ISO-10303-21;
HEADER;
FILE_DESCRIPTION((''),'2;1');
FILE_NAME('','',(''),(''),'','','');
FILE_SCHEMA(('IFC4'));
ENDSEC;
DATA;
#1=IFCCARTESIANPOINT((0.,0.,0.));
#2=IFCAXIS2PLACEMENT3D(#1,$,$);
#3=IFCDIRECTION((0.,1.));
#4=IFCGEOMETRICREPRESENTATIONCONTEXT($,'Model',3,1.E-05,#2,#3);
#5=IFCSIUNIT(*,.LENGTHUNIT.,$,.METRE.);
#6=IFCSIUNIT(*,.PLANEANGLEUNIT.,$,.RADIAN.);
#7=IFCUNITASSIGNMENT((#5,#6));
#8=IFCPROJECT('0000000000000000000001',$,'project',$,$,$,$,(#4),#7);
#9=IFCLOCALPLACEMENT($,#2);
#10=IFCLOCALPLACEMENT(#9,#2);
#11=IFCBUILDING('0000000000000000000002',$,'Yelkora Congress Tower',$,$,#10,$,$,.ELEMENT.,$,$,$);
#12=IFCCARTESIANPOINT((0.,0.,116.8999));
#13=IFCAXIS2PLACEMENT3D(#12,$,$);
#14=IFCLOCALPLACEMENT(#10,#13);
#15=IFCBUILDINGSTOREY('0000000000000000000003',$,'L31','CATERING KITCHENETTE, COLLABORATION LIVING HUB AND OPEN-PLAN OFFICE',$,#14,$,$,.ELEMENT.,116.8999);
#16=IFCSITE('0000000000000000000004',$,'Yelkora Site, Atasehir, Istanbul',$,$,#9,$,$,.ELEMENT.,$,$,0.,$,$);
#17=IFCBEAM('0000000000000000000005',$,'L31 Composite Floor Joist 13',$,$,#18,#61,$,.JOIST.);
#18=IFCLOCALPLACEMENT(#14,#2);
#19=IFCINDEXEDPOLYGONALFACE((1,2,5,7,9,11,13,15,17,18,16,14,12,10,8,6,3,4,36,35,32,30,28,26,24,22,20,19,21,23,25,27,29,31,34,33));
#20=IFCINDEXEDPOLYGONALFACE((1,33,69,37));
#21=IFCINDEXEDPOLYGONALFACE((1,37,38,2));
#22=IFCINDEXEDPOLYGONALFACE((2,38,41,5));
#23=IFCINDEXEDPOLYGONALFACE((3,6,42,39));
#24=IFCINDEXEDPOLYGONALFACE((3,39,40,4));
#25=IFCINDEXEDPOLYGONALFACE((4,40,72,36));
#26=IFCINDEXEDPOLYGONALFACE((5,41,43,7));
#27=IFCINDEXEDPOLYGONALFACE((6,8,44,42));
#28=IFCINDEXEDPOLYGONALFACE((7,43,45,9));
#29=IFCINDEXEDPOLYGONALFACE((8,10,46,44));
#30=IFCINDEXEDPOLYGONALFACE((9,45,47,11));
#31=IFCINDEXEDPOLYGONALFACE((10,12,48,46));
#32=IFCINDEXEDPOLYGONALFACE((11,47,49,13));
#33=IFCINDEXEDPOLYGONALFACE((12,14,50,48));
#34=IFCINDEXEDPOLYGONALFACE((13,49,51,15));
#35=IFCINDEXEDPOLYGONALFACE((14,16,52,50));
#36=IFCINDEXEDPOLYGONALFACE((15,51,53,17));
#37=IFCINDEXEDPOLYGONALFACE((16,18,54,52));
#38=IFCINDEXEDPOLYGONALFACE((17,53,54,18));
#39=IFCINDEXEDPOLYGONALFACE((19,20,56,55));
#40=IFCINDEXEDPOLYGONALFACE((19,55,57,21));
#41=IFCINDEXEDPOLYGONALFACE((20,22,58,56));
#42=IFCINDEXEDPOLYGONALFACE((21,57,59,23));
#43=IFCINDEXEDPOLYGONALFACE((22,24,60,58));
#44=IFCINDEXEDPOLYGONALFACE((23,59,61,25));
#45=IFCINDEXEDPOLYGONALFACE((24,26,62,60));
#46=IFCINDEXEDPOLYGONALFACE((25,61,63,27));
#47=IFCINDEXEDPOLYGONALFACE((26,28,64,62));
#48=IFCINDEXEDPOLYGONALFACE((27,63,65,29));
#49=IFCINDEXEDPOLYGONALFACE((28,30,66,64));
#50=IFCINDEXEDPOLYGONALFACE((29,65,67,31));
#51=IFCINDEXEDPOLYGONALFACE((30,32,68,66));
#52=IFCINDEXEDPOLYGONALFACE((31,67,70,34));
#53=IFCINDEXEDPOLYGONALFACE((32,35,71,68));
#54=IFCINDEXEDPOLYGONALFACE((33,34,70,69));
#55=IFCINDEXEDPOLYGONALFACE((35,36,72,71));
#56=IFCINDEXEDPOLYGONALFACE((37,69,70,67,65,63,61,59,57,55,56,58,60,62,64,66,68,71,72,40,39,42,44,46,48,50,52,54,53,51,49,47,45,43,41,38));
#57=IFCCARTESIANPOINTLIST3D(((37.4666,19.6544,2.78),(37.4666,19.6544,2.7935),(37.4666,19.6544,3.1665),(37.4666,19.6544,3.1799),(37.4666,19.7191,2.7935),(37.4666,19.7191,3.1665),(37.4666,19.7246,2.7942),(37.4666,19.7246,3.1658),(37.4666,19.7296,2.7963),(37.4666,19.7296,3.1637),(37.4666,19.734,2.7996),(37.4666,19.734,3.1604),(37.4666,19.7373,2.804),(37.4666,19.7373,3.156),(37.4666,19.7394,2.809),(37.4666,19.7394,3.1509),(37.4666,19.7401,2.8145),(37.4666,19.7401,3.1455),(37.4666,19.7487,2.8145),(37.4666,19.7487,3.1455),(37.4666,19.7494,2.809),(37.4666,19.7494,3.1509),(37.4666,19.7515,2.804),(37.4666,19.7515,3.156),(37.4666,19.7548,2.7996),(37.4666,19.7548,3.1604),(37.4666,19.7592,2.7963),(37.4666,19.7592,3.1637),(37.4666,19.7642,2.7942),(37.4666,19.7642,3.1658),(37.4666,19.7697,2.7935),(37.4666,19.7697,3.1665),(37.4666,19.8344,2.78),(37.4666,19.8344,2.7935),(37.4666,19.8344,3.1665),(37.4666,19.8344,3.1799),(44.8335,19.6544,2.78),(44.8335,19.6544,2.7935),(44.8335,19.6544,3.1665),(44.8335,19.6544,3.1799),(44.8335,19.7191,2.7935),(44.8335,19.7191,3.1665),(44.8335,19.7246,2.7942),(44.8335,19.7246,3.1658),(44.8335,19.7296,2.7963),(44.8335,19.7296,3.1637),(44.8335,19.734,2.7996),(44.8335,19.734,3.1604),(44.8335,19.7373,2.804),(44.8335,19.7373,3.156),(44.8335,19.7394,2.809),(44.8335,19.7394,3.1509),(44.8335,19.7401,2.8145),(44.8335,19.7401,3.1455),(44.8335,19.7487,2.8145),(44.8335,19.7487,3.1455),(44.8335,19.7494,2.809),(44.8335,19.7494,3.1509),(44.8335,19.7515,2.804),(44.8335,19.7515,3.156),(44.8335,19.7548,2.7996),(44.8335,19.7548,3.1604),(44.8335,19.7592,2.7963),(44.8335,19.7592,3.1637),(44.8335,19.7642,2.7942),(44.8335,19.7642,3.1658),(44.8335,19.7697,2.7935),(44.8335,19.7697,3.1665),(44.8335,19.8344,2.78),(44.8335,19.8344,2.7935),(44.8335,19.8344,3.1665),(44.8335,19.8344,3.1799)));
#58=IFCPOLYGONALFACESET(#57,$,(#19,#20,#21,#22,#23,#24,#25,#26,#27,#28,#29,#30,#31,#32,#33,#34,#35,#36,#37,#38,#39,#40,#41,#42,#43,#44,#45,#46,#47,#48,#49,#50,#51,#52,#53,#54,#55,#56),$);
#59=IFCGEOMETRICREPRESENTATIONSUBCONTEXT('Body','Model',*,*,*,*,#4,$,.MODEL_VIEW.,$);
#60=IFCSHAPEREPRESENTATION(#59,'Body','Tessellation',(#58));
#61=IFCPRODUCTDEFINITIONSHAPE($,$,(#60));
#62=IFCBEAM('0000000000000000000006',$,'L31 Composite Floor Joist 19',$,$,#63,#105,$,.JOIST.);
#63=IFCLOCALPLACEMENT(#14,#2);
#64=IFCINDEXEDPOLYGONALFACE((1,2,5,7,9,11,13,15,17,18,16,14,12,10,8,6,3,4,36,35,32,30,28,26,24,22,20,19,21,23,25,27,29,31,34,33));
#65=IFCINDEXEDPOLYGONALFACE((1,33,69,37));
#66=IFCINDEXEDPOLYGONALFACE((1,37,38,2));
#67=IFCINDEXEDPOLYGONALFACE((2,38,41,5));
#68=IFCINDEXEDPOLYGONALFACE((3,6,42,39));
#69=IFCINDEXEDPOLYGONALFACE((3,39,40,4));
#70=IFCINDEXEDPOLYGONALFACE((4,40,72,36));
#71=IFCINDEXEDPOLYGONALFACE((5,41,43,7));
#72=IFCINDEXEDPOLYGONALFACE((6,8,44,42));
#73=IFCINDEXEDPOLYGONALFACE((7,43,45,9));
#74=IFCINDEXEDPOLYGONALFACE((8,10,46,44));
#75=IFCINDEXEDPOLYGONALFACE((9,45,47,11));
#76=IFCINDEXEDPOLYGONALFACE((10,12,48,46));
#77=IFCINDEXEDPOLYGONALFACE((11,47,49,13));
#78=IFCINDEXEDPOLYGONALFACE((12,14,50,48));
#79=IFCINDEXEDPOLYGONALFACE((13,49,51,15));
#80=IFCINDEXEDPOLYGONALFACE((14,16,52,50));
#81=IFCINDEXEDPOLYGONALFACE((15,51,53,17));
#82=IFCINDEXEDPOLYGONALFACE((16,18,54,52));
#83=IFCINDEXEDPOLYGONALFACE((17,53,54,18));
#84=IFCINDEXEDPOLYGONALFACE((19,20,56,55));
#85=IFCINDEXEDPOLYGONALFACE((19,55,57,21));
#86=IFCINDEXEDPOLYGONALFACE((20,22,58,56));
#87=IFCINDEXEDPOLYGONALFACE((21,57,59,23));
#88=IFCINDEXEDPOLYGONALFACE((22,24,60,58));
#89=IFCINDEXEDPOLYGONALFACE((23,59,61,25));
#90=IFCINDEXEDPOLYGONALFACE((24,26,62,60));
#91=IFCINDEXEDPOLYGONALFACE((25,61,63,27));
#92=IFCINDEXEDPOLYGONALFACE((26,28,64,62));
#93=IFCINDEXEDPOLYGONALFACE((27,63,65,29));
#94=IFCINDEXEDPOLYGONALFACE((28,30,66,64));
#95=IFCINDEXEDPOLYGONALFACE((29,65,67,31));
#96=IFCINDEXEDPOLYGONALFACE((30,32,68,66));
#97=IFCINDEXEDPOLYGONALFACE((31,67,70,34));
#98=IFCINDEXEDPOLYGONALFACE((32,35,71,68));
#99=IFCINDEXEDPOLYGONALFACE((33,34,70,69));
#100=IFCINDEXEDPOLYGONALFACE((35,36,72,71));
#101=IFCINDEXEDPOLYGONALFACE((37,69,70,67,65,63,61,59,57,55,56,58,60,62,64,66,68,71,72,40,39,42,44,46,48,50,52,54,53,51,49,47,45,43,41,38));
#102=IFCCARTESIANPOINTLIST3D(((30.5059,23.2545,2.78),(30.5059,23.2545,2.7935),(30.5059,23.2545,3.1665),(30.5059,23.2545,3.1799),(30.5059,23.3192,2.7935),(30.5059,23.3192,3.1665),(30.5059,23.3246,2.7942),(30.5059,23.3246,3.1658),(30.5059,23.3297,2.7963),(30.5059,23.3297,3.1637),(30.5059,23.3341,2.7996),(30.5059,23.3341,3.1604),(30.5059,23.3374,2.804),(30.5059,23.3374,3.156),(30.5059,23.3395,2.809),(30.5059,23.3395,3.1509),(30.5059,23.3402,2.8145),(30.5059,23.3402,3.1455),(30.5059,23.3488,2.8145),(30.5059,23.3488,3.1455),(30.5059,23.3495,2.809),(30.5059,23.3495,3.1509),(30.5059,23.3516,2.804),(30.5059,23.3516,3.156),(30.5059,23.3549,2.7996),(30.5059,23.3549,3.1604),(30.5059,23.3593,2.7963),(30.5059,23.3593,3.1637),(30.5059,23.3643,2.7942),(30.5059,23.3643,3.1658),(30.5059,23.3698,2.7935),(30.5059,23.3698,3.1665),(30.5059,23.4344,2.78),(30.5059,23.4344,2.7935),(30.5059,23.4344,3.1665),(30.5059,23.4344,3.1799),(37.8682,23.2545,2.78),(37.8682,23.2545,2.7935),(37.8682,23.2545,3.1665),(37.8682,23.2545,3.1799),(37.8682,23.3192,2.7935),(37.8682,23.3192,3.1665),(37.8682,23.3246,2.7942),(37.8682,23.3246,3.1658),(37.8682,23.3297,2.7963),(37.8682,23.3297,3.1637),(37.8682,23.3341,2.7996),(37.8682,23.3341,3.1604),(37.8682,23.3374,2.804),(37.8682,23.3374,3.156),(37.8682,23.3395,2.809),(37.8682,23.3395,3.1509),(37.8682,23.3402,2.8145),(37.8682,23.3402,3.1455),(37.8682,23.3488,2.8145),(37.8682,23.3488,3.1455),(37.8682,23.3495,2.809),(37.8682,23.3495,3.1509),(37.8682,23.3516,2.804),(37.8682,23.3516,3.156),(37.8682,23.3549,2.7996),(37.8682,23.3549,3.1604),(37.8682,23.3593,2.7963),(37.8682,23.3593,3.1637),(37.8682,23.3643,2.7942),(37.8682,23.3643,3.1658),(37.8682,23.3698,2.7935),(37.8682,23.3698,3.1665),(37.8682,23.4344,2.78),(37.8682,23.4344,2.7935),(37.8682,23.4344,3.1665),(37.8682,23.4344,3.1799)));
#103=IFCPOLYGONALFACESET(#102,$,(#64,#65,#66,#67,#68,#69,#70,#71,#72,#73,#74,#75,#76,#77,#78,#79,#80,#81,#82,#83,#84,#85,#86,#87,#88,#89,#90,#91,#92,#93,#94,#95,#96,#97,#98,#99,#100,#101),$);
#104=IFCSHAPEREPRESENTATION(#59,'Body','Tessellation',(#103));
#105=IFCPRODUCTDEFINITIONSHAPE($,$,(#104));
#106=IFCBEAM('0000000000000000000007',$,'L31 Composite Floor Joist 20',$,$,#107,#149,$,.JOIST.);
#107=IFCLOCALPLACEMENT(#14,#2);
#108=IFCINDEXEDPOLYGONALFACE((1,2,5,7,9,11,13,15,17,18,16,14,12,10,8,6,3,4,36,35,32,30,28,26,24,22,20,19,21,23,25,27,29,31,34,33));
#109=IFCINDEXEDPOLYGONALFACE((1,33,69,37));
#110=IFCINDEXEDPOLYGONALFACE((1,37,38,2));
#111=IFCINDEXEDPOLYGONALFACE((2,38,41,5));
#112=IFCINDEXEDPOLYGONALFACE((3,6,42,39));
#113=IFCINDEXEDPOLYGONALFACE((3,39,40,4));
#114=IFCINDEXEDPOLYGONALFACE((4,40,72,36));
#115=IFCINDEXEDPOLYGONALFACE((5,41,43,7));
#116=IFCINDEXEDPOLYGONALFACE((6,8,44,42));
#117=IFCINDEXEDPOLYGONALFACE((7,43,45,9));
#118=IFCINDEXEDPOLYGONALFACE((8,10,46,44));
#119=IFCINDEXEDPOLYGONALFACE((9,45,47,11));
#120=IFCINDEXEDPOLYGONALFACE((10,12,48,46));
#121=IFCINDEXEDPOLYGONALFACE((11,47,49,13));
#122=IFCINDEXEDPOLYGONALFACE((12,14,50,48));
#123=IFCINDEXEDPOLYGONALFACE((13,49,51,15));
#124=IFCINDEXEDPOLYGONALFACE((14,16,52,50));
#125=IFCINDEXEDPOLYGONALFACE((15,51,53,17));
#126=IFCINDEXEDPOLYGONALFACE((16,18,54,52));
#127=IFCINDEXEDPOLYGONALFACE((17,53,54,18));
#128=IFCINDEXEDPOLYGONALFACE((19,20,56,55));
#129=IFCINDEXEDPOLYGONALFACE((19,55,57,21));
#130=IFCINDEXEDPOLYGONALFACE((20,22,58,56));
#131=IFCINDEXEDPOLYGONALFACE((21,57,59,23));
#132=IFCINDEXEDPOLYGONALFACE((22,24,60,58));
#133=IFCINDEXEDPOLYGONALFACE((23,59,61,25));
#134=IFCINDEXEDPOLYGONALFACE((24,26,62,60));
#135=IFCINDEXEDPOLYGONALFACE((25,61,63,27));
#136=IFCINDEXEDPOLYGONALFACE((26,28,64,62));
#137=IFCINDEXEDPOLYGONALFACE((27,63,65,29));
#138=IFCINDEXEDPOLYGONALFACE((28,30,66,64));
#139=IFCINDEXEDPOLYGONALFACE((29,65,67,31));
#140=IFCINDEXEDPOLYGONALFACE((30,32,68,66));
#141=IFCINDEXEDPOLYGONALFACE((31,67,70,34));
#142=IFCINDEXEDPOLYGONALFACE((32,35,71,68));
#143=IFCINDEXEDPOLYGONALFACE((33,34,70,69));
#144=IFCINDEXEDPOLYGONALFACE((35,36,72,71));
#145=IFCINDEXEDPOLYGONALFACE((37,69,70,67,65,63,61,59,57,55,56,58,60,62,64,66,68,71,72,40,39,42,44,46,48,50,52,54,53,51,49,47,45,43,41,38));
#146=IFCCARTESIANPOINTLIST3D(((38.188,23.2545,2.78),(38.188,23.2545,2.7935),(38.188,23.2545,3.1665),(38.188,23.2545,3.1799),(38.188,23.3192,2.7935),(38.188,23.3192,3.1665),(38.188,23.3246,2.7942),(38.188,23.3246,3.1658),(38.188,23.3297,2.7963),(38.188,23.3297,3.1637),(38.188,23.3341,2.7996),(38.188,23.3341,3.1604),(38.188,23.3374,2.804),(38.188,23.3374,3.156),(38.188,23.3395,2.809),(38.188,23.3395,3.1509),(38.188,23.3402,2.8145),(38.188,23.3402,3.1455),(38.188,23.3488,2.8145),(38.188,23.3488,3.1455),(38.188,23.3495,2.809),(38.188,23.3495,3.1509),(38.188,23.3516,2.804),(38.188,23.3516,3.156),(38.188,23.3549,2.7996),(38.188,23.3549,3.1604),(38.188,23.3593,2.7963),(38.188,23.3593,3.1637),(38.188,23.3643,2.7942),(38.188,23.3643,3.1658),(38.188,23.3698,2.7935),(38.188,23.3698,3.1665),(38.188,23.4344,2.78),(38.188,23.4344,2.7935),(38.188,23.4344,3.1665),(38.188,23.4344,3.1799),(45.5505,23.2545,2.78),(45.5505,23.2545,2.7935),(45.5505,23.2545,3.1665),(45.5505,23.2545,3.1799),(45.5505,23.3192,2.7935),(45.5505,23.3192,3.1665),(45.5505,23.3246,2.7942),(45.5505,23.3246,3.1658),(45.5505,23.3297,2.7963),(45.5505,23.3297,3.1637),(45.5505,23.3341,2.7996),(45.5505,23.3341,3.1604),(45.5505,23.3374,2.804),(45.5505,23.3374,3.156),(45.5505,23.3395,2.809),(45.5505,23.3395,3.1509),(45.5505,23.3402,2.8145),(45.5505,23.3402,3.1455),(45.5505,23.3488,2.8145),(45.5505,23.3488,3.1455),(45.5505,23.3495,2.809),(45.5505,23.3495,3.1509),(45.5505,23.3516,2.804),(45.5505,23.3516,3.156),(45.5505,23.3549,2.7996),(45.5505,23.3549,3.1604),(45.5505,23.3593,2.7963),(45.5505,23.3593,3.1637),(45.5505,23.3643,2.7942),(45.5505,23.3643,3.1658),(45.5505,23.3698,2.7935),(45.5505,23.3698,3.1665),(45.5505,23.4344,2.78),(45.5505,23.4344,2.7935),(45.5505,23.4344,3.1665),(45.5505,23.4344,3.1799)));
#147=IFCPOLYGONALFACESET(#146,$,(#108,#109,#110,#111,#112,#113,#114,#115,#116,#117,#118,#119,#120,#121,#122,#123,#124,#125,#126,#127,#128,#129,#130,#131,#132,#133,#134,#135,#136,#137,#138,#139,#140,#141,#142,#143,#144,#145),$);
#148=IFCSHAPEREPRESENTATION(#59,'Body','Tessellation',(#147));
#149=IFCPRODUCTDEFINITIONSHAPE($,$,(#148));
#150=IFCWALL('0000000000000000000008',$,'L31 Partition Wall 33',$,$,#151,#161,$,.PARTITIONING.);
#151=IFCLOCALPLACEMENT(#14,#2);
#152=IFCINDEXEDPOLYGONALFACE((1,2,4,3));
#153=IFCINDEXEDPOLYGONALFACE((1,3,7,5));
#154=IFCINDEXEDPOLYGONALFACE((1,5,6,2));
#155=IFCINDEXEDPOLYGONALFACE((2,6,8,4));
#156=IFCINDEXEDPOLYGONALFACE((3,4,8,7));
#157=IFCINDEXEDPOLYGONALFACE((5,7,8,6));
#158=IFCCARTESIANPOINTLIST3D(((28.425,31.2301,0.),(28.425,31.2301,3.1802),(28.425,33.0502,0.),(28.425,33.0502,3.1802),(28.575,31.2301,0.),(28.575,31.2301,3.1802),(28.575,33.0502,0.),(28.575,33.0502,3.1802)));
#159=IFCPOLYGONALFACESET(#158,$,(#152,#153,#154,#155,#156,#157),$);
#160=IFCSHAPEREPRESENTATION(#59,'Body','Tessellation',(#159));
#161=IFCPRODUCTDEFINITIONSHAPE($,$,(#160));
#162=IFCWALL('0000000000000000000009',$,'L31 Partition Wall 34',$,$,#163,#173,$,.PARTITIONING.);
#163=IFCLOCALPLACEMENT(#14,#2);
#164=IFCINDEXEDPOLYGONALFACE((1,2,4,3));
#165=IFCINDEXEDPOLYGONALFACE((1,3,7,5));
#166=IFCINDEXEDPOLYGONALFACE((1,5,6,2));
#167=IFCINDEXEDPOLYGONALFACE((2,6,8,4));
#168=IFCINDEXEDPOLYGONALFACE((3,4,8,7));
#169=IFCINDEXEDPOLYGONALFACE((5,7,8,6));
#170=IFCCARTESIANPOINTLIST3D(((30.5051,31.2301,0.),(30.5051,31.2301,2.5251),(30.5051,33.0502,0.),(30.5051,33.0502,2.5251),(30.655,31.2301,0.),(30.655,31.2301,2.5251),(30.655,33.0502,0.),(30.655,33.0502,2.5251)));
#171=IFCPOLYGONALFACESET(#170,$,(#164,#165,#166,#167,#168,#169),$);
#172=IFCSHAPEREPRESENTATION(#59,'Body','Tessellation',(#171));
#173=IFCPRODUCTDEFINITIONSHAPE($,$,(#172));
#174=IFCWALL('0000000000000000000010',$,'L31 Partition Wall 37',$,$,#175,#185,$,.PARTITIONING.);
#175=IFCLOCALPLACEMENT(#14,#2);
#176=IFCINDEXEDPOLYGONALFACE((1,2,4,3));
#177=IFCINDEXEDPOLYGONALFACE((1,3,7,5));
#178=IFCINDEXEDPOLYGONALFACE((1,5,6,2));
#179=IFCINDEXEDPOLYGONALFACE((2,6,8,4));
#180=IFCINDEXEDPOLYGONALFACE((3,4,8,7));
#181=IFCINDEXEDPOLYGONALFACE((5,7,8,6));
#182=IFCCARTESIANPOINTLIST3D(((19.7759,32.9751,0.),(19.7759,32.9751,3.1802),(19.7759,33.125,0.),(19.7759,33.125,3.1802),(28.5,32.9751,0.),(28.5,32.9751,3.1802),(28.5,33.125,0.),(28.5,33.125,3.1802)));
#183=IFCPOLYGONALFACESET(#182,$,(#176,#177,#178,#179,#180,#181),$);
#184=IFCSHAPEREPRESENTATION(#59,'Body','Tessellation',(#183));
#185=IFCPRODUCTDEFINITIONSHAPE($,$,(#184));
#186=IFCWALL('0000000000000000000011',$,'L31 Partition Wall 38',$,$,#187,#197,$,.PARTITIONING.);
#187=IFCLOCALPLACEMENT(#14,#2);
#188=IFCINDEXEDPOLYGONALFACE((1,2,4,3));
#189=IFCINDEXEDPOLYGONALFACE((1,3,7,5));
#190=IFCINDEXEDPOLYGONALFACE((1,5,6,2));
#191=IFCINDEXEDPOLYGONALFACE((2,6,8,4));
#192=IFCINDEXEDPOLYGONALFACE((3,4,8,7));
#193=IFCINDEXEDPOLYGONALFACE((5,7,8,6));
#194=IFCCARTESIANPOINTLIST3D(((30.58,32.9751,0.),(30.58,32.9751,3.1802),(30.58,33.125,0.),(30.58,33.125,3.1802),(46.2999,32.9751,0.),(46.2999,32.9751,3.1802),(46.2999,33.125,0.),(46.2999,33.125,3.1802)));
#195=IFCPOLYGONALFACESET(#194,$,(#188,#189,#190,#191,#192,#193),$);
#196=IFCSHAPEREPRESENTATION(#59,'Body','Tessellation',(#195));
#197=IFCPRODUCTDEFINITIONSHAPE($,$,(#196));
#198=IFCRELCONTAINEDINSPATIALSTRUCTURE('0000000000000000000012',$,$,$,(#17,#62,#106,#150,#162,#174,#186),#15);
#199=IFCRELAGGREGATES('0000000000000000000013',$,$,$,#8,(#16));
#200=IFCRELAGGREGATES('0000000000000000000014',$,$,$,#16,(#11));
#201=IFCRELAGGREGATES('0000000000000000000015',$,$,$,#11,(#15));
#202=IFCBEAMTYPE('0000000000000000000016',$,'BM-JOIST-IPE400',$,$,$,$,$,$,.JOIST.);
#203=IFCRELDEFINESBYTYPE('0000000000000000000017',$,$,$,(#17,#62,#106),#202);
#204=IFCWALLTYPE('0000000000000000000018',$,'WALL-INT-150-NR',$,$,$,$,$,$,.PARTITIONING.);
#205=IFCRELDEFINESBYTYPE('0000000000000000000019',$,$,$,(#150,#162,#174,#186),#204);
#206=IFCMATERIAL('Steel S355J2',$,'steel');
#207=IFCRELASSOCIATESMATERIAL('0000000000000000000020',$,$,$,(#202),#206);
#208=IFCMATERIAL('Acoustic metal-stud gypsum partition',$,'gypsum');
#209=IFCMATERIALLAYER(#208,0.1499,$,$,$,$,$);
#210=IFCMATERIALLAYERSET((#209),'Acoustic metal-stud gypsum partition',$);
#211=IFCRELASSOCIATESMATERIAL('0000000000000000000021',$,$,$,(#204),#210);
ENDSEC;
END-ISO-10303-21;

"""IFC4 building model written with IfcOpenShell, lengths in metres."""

from ifc_helpers import new_model, si_unit, direction, frame, frame_2d, origin, origin_2d, place, context, subcontext, project, spatial, rectangle, i_section, extrude, material, layer, layer_set, material_profile, profile_set, type_object, element, save


model = new_model("IFC4")

# Units and contexts
model_context = context("Model", 3, precision=1e-05, world=origin(), true_north=direction((0.0, 1.0)))
body_context = subcontext(model_context, "Body", "Model", "MODEL_VIEW")
ifc_project = project(units=[si_unit("LENGTHUNIT", "METRE"), si_unit("PLANEANGLEUNIT", "RADIAN")], contexts=[model_context])

# Site, building, storey
site_placement = place(None, origin())
site = spatial("IfcSite", under=ifc_project, at=site_placement, Name="Yelkora Site, Atasehir, Istanbul", CompositionType="ELEMENT", RefElevation=0.0)
building_placement = place(site_placement, origin())
building = spatial("IfcBuilding", under=site, at=building_placement, Name="Yelkora Congress Tower", CompositionType="ELEMENT")
storey_placement = place(building_placement, frame((0.0, 0.0, 116.8999)))
storey = spatial("IfcBuildingStorey", under=building, at=storey_placement, Name="L31", Description="CATERING KITCHENETTE, COLLABORATION LIVING HUB AND OPEN-PLAN OFFICE", CompositionType="ELEMENT", Elevation=116.8999)

# Beams
ifc_material_1 = material(Name="Steel S355J2", Category="steel")
ifc_material_profile_1 = material_profile(ifc_material_1, i_section(OverallWidth=0.1799, OverallDepth=0.3999, WebThickness=0.0085, FlangeThickness=0.0134, FilletRadius=0.021, at=origin_2d()), Name="IPE 400")
ifc_profile_set_1 = profile_set([ifc_material_profile_1], Name="Steel S355J2")
beam_type_1 = type_object("IfcBeamType", Name="BM-JOIST-IPE400", PredefinedType="JOIST", material=ifc_profile_set_1)
beam_1_placement = place(storey_placement, frame((37.4666, 19.7444, 2.98), z_axis=(1.0, 0.0, 0.0), x_axis=(0.0, 1.0, 0.0)))
element("IfcBeam", 1, at=beam_1_placement, inside=storey, type_object=beam_type_1, Name="L31 Composite Floor Joist 13", PredefinedType="JOIST", context=body_context, shape_type="SweptSolid", body=[
    extrude(i_section(OverallWidth=0.1799, OverallDepth=0.3999, WebThickness=0.0085, FlangeThickness=0.0134, FilletRadius=0.021, at=origin_2d()), origin(), (0.0, 0.0, 1.0), 7.3669),
])
beam_2_placement = place(storey_placement, frame((30.5059, 23.3445, 2.98), z_axis=(1.0, 0.0, 0.0), x_axis=(0.0, 1.0, 0.0)))
element("IfcBeam", 2, at=beam_2_placement, inside=storey, type_object=beam_type_1, Name="L31 Composite Floor Joist 19", PredefinedType="JOIST", context=body_context, shape_type="SweptSolid", body=[
    extrude(i_section(OverallWidth=0.1799, OverallDepth=0.3999, WebThickness=0.0085, FlangeThickness=0.0134, FilletRadius=0.021, at=origin_2d()), origin(), (0.0, 0.0, 1.0), 7.3623),
])
beam_3_placement = place(storey_placement, frame((38.188, 23.3445, 2.98), z_axis=(1.0, 0.0, 0.0), x_axis=(0.0, 1.0, 0.0)))
element("IfcBeam", 3, at=beam_3_placement, inside=storey, type_object=beam_type_1, Name="L31 Composite Floor Joist 20", PredefinedType="JOIST", context=body_context, shape_type="SweptSolid", body=[
    extrude(i_section(OverallWidth=0.1799, OverallDepth=0.3999, WebThickness=0.0085, FlangeThickness=0.0134, FilletRadius=0.021, at=origin_2d()), origin(), (0.0, 0.0, 1.0), 7.3625),
])

# Walls
ifc_material_2 = material(Name="Acoustic metal-stud gypsum partition", Category="gypsum")
ifc_layer = layer(ifc_material_2, 0.1499)
ifc_layer_set = layer_set([ifc_layer], Name="Acoustic metal-stud gypsum partition")
wall_type = type_object("IfcWallType", Name="WALL-INT-150-NR", PredefinedType="PARTITIONING", material=ifc_layer_set)
wall_1_placement = place(storey_placement, frame((28.5, 31.23, 0.0), z_axis=(0.0, 0.0, 1.0), x_axis=(0.0, 1.0, 0.0)))
element("IfcWall", 4, at=wall_1_placement, inside=storey, type_object=wall_type, Name="L31 Partition Wall 33", PredefinedType="PARTITIONING", context=body_context, shape_type="SweptSolid", body=[
    extrude(rectangle(XDim=1.8201, YDim=0.1499, at=frame_2d((0.9102, 0.0))), origin(), (0.0, 0.0, 1.0), 3.1802),
])
wall_2_placement = place(storey_placement, frame((30.5801, 31.23, 0.0), z_axis=(0.0, 0.0, 1.0), x_axis=(0.0, 1.0, 0.0)))
element("IfcWall", 5, at=wall_2_placement, inside=storey, type_object=wall_type, Name="L31 Partition Wall 34", PredefinedType="PARTITIONING", context=body_context, shape_type="SweptSolid", body=[
    extrude(rectangle(XDim=1.8201, YDim=0.1499, at=frame_2d((0.9102, 0.0))), origin(), (0.0, 0.0, 1.0), 2.5251),
])
wall_3_placement = place(storey_placement, frame((19.7759, 33.05, 0.0), z_axis=(0.0, 0.0, 1.0), x_axis=(1.0, 0.0, 0.0)))
element("IfcWall", 6, at=wall_3_placement, inside=storey, type_object=wall_type, Name="L31 Partition Wall 37", PredefinedType="PARTITIONING", context=body_context, shape_type="SweptSolid", body=[
    extrude(rectangle(XDim=8.7241, YDim=0.1499, at=frame_2d((4.3621, 0.0))), origin(), (0.0, 0.0, 1.0), 3.1802),
])
wall_4_placement = place(storey_placement, frame((30.5801, 33.05, 0.0), z_axis=(0.0, 0.0, 1.0), x_axis=(1.0, 0.0, 0.0)))
element("IfcWall", 7, at=wall_4_placement, inside=storey, type_object=wall_type, Name="L31 Partition Wall 38", PredefinedType="PARTITIONING", context=body_context, shape_type="SweptSolid", body=[
    extrude(rectangle(XDim=15.72, YDim=0.1499, at=frame_2d((7.8599, 0.0))), origin(), (0.0, 0.0, 1.0), 3.1802),
])

save(model, "model.ifc")
